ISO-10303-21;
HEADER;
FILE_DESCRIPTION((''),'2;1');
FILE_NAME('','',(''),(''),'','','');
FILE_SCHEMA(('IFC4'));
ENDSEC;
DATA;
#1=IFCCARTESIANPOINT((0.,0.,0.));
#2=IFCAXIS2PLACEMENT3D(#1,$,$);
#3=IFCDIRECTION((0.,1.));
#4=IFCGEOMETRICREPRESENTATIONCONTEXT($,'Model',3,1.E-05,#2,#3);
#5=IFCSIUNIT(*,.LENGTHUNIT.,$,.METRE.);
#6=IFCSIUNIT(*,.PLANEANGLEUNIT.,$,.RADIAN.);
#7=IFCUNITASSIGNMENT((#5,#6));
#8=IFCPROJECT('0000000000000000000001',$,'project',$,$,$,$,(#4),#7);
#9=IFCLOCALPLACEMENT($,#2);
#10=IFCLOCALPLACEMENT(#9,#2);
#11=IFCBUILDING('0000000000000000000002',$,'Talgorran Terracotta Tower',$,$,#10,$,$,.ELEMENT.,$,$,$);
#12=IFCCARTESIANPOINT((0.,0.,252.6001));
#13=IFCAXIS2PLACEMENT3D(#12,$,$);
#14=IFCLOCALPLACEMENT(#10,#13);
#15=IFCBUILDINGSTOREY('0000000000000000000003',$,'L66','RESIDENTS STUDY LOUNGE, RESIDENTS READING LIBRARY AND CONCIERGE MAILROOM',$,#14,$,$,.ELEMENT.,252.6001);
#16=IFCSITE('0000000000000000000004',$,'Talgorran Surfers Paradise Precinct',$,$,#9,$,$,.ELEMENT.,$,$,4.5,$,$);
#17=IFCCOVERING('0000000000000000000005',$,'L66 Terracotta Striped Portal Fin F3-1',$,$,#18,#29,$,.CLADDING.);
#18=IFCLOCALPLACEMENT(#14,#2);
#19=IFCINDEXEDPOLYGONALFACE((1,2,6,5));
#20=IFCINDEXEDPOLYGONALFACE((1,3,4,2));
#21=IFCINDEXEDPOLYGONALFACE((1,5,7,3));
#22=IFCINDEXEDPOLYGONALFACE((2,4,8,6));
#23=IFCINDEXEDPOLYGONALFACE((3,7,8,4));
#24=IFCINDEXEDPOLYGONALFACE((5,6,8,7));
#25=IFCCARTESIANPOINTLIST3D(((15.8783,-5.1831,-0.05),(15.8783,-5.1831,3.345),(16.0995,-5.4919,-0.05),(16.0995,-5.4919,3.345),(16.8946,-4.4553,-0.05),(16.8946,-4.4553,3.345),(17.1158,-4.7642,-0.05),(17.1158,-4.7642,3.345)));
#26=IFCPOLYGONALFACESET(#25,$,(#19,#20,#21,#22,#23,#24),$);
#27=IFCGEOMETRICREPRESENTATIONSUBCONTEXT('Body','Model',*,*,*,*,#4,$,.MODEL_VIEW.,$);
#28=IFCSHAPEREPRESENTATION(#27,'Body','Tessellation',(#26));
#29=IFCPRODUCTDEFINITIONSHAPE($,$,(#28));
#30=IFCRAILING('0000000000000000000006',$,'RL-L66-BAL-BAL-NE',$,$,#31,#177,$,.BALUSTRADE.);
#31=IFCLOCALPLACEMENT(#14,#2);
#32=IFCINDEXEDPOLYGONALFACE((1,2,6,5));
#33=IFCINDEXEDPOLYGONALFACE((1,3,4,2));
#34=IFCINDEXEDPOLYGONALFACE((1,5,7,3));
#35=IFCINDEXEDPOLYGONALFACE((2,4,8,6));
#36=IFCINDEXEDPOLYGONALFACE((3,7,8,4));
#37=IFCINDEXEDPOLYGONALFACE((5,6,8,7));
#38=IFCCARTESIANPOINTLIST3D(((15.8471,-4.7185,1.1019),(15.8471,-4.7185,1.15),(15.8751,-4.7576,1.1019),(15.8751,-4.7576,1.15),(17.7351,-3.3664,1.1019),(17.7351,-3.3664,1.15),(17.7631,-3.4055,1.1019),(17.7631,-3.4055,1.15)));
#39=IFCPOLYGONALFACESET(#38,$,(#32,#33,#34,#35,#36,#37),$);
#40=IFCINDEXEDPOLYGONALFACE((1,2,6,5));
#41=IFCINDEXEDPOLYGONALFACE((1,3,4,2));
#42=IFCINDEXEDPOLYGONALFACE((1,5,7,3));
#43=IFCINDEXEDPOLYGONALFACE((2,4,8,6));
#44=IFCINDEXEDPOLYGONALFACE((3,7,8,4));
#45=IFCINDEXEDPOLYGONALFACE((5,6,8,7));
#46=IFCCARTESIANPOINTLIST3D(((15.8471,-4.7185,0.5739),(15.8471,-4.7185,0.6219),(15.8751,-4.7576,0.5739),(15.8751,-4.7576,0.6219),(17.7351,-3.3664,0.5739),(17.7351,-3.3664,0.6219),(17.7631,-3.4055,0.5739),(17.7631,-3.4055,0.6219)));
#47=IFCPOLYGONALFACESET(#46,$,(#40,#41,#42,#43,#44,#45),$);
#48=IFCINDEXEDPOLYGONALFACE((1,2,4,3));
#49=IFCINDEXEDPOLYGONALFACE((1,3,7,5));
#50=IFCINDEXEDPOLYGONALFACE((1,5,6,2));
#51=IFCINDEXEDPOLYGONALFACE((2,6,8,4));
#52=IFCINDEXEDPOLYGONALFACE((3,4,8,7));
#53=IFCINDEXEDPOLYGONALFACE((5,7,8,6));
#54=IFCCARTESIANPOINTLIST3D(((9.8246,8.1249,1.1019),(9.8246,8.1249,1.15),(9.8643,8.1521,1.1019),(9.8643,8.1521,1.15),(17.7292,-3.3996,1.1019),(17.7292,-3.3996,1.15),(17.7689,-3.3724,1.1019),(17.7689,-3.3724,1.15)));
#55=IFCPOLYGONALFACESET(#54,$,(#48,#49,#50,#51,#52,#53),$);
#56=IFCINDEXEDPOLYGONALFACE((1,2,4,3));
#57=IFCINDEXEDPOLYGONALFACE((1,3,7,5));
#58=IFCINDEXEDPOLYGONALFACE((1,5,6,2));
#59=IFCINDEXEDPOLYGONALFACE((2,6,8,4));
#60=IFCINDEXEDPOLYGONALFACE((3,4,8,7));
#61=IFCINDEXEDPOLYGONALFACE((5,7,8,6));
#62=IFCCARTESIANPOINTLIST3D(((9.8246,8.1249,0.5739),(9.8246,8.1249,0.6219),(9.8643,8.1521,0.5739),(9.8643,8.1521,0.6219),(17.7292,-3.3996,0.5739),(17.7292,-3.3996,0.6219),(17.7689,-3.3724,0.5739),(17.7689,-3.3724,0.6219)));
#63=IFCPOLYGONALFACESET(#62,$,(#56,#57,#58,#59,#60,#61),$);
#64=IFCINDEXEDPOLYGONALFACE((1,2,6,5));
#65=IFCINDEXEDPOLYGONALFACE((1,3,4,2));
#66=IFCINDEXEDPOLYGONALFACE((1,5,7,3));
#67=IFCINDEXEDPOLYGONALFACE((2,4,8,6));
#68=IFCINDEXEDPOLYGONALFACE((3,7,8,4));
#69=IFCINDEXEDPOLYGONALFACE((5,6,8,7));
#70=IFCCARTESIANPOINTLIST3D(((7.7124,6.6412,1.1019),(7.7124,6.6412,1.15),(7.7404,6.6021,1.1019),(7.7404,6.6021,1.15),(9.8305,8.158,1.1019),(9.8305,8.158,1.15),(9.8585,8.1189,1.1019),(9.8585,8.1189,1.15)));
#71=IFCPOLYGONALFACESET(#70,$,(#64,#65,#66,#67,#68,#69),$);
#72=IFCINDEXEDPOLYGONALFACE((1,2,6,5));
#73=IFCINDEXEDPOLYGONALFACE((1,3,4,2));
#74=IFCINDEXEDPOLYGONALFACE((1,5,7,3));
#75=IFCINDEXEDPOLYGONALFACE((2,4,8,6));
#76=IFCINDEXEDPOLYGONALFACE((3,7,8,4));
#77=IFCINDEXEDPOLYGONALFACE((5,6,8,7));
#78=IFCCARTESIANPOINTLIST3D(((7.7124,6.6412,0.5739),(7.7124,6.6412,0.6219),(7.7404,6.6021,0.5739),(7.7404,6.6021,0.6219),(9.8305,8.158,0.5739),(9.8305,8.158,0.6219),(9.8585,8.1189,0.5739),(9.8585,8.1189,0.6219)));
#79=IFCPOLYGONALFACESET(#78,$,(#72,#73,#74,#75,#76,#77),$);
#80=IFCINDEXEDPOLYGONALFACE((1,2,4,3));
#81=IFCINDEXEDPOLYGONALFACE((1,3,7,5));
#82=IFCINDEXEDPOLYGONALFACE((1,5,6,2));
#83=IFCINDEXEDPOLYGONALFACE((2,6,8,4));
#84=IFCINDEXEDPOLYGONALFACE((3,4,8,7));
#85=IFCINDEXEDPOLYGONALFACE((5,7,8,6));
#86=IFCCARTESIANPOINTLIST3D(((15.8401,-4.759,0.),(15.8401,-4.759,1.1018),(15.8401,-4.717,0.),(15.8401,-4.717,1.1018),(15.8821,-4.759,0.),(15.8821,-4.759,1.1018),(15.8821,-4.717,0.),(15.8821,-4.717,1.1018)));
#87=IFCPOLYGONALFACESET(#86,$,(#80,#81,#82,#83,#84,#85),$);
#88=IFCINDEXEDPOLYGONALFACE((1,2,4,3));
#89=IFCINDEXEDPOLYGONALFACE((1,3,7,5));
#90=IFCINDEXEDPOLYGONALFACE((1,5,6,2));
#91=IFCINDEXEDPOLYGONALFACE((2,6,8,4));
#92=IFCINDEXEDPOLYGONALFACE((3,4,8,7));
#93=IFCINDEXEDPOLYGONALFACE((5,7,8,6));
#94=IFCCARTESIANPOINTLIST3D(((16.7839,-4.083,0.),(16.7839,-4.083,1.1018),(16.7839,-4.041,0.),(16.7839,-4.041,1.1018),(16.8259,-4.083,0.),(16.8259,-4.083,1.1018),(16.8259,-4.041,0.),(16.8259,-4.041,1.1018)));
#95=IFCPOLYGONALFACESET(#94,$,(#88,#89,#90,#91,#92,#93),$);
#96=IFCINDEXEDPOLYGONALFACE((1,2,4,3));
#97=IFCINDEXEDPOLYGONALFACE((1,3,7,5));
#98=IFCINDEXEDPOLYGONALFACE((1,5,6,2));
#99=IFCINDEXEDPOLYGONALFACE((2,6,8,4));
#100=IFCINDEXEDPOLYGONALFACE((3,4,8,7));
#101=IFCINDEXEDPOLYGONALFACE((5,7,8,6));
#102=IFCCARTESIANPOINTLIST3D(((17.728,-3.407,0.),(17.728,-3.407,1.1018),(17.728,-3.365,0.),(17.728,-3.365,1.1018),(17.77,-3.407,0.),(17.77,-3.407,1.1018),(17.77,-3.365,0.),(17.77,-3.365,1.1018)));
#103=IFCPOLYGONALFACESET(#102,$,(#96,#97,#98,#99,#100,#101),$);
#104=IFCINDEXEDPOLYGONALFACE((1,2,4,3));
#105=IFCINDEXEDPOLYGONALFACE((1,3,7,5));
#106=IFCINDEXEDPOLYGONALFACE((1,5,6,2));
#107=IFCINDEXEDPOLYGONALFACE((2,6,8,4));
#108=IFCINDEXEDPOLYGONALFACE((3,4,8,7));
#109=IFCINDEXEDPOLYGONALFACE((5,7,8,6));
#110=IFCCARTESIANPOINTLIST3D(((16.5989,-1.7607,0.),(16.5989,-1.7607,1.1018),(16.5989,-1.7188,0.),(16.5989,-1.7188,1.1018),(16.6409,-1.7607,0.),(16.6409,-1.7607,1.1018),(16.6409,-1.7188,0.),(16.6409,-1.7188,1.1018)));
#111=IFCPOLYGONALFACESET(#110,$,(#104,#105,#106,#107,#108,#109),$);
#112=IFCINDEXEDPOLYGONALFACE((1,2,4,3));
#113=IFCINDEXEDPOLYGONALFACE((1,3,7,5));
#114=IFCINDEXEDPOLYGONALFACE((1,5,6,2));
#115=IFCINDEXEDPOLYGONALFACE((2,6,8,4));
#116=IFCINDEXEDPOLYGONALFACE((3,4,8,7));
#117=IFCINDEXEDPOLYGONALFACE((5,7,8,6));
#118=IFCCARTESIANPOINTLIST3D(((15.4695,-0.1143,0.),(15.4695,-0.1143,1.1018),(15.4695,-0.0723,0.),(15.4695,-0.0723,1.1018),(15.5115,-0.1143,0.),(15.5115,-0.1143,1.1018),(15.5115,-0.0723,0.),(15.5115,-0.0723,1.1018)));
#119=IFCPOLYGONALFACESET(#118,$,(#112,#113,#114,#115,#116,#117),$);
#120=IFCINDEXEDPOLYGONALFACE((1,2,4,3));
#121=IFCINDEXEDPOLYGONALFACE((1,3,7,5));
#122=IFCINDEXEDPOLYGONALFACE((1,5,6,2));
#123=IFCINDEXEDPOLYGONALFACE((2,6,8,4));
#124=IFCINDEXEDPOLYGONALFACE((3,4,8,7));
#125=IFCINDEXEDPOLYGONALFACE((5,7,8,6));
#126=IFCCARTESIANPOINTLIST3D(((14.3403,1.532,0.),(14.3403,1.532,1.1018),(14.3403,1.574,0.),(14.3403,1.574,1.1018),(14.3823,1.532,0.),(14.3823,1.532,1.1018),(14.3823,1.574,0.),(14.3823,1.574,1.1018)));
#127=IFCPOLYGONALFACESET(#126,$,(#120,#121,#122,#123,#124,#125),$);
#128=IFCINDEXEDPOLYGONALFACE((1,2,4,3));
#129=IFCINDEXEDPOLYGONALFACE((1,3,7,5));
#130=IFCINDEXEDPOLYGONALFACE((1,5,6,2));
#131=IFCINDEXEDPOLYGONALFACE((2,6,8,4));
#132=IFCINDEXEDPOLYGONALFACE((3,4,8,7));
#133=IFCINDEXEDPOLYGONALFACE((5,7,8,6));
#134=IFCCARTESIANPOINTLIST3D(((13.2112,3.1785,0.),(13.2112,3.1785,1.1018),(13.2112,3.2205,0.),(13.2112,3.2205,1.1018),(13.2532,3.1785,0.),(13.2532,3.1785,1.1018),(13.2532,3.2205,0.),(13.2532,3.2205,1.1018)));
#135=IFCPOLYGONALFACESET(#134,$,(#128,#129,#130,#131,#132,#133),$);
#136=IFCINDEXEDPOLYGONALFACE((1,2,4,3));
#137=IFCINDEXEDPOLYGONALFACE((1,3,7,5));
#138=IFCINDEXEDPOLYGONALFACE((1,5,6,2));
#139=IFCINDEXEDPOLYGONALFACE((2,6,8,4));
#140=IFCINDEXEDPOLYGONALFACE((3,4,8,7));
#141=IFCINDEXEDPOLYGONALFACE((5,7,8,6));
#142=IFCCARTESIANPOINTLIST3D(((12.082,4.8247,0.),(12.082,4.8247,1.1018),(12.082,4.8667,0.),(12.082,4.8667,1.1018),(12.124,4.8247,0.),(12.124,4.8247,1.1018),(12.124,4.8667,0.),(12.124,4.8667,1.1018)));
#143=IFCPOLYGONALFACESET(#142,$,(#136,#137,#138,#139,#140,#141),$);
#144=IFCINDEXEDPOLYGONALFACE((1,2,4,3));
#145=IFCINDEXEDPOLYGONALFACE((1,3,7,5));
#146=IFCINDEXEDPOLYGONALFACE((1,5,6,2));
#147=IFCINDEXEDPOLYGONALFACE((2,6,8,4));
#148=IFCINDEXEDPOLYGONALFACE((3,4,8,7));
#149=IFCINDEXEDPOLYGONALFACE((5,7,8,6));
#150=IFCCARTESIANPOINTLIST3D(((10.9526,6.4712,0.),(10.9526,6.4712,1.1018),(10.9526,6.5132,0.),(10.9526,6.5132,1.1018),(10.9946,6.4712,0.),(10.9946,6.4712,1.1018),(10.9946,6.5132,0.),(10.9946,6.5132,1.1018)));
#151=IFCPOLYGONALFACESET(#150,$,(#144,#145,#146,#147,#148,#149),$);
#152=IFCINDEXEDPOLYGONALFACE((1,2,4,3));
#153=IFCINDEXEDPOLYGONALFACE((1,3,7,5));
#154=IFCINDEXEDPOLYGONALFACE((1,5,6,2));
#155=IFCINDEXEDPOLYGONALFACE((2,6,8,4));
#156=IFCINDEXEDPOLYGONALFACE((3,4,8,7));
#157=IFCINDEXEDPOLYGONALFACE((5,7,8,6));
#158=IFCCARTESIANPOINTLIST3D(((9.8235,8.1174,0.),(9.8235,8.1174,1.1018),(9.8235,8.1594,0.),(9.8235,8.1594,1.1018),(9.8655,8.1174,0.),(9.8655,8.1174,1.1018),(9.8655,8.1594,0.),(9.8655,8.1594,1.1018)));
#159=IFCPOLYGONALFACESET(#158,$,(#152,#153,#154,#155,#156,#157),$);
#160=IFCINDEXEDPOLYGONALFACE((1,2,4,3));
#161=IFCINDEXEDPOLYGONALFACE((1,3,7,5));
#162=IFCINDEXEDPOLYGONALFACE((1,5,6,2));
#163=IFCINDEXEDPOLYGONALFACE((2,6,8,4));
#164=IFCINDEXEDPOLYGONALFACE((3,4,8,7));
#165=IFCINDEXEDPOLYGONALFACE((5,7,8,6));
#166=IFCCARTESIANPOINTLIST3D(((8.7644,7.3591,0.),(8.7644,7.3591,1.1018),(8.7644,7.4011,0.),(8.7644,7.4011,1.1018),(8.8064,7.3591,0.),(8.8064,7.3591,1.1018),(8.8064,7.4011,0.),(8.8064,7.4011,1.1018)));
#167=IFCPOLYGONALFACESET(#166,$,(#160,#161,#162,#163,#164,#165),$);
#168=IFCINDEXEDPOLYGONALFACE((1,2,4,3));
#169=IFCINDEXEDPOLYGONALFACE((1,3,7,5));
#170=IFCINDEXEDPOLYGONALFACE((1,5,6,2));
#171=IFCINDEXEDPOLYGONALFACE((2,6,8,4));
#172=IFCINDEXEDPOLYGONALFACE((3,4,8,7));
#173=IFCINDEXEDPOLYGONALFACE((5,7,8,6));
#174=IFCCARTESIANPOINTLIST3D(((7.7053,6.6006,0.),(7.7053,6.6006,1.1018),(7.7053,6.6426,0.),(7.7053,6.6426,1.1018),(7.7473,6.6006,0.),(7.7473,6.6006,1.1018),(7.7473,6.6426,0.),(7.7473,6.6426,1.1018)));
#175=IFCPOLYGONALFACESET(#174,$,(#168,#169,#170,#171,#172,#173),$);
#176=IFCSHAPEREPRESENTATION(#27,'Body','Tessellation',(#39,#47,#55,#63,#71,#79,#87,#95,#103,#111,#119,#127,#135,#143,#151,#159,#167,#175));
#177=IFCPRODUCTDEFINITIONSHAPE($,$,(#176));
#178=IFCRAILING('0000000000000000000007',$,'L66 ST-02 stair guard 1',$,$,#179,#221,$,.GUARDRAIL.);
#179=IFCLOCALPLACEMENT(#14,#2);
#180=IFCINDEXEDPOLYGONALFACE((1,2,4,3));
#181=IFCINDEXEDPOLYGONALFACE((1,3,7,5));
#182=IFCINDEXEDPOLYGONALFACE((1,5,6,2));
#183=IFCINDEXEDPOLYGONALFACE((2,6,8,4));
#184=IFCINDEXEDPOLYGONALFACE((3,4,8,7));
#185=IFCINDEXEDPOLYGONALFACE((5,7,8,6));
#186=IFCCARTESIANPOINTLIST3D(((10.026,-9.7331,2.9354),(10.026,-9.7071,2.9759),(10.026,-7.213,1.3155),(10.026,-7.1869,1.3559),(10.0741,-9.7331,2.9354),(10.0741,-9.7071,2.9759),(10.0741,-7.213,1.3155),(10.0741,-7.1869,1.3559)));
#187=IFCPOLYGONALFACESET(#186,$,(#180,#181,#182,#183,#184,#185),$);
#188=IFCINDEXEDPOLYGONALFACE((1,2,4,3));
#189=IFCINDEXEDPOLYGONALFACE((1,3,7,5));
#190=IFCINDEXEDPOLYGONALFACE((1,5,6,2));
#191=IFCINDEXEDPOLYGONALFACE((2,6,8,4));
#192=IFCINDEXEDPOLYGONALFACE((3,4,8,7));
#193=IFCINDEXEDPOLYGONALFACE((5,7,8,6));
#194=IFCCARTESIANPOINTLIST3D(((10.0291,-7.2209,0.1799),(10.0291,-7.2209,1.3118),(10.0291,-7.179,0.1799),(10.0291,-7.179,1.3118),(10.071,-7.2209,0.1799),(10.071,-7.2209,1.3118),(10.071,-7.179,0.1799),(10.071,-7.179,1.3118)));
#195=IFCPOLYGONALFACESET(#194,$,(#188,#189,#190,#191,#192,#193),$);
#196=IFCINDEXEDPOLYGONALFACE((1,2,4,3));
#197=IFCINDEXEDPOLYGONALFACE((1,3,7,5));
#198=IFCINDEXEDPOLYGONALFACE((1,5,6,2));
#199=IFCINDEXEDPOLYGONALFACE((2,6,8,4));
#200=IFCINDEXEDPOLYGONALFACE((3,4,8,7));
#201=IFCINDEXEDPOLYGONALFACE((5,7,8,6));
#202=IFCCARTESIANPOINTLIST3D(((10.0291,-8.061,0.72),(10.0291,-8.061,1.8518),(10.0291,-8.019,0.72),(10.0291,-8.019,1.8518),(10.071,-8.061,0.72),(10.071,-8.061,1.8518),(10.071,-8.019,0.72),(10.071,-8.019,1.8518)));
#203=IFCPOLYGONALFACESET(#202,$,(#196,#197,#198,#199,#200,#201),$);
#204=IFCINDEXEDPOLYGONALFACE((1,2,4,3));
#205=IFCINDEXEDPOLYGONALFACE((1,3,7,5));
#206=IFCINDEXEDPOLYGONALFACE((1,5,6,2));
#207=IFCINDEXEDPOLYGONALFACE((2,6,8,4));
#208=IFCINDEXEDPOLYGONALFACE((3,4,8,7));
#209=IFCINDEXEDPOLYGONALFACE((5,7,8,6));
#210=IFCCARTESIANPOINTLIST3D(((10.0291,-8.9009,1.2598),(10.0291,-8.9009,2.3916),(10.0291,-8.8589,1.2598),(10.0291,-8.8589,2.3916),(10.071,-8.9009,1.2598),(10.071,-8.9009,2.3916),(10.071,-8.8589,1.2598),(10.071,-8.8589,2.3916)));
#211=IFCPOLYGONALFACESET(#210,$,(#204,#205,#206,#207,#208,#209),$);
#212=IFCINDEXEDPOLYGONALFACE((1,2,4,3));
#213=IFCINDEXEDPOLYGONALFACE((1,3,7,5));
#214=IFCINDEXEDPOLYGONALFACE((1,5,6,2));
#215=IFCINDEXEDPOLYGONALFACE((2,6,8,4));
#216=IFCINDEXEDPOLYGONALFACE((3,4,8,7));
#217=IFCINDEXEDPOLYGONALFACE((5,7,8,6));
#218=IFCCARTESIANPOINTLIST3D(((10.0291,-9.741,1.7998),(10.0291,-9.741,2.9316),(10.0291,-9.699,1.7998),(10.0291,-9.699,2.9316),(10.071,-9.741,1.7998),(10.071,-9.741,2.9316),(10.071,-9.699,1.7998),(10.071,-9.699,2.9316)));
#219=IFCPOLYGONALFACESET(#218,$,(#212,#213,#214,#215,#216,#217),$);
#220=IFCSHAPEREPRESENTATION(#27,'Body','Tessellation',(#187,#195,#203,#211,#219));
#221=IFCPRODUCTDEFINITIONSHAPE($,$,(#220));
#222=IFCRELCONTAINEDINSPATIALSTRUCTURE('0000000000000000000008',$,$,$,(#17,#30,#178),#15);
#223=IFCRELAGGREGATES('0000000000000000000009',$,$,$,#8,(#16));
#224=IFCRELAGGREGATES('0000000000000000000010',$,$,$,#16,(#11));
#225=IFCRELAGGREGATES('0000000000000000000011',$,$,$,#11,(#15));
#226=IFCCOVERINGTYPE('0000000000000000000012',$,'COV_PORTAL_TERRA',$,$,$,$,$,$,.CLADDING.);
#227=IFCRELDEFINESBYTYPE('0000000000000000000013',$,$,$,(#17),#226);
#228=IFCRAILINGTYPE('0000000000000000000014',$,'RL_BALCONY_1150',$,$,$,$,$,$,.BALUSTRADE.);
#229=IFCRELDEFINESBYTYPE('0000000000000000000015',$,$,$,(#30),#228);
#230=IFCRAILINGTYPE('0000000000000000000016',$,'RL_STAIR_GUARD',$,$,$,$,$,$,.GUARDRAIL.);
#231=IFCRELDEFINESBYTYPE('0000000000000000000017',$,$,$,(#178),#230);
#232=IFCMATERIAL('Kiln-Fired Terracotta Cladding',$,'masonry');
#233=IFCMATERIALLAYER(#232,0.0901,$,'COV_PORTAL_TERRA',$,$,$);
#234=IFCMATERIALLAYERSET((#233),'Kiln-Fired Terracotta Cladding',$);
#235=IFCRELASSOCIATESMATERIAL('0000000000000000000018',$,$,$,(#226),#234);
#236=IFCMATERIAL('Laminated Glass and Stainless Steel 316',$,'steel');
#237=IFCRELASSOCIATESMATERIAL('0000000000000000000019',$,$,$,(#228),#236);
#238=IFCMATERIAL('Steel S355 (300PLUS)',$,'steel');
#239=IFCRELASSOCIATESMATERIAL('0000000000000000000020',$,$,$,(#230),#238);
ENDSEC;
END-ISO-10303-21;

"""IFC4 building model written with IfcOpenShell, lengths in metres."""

from ifc_helpers import new_model, si_unit, direction, frame, origin, origin_2d, place, context, subcontext, project, spatial, rectangle, extrude, material, layer, layer_set, type_object, element, save


model = new_model("IFC4")

# Units and contexts
model_context = context("Model", 3, precision=1e-05, world=origin(), true_north=direction((0.0, 1.0)))
body_context = subcontext(model_context, "Body", "Model", "MODEL_VIEW")
ifc_project = project(units=[si_unit("LENGTHUNIT", "METRE"), si_unit("PLANEANGLEUNIT", "RADIAN")], contexts=[model_context])

# Site, building, storey
site_placement = place(None, origin())
site = spatial("IfcSite", under=ifc_project, at=site_placement, Name="Talgorran Surfers Paradise Precinct", CompositionType="ELEMENT", RefElevation=4.5)
building_placement = place(site_placement, origin())
building = spatial("IfcBuilding", under=site, at=building_placement, Name="Talgorran Terracotta Tower", CompositionType="ELEMENT")
storey_placement = place(building_placement, frame((0.0, 0.0, 252.6001)))
storey = spatial("IfcBuildingStorey", under=building, at=storey_placement, Name="L66", Description="RESIDENTS STUDY LOUNGE, RESIDENTS READING LIBRARY AND CONCIERGE MAILROOM", CompositionType="ELEMENT", Elevation=252.6001)

# Shared definitions
ifc_material_1 = material(Name="Steel S355 (300PLUS)", Category="steel")

# Covering
ifc_material_2 = material(Name="Kiln-Fired Terracotta Cladding", Category="masonry")
ifc_layer_1 = layer(ifc_material_2, 0.0901, Name="COV_PORTAL_TERRA")
ifc_layer_set_1 = layer_set([ifc_layer_1], Name="Kiln-Fired Terracotta Cladding")
covering_type_1 = type_object("IfcCoveringType", Name="COV_PORTAL_TERRA", PredefinedType="CLADDING", material=ifc_layer_set_1)
covering_1_placement = place(storey_placement, frame((16.4971, -4.9736, -0.05), z_axis=(0.0, 0.0, 1.0), x_axis=(-0.582208, 0.81304, 0.0)))
element("IfcCovering", 1, at=covering_1_placement, inside=storey, type_object=covering_type_1, Name="L66 Terracotta Striped Portal Fin F3-1", PredefinedType="CLADDING", context=body_context, shape_type="SweptSolid", body=[
    extrude(rectangle(XDim=0.3799, YDim=1.25, at=origin_2d()), origin(), (0.0, 0.0, 1.0), 3.395),
])

# Railings
ifc_material_3 = material(Name="Laminated Glass and Stainless Steel 316", Category="steel")
railing_type_1 = type_object("IfcRailingType", Name="RL_BALCONY_1150", PredefinedType="BALUSTRADE", material=ifc_material_3)
railing_1_placement = place(storey_placement, frame((15.8611, -4.738, 0.0)))
element("IfcRailing", 2, at=railing_1_placement, inside=storey, type_object=railing_type_1, Name="RL-L66-BAL-BAL-NE", PredefinedType="BALUSTRADE", context=body_context, shape_type="SweptSolid", body=[
    extrude(rectangle(XDim=0.0481, YDim=0.0481, at=origin_2d()), frame((0.0, 0.0, 1.126), z_axis=(0.813015, 0.582242, 0.0), x_axis=(-0.582242, 0.813015, 0.0)), (0.0, 0.0, 1.0), 2.3223),
    extrude(rectangle(XDim=0.0481, YDim=0.0481, at=origin_2d()), frame((0.0, 0.0, 0.5979), z_axis=(0.813015, 0.582242, 0.0), x_axis=(-0.582242, 0.813015, 0.0)), (0.0, 0.0, 1.0), 2.3223),
    extrude(rectangle(XDim=0.0481, YDim=0.0481, at=origin_2d()), frame((1.8879, 1.3521, 1.126), z_axis=(-0.56563, 0.824659, 0.0), x_axis=(-0.824659, -0.56563, 0.0)), (0.0, 0.0, 1.0), 13.9749),
    extrude(rectangle(XDim=0.0481, YDim=0.0481, at=origin_2d()), frame((1.8879, 1.3521, 0.5979), z_axis=(-0.56563, 0.824659, 0.0), x_axis=(-0.824659, -0.56563, 0.0)), (0.0, 0.0, 1.0), 13.9749),
    extrude(rectangle(XDim=0.0481, YDim=0.0481, at=origin_2d()), frame((-6.0166, 12.8765, 1.126), z_axis=(-0.81303, -0.582222, 0.0), x_axis=(0.582222, -0.81303, 0.0)), (0.0, 0.0, 1.0), 2.6052),
    extrude(rectangle(XDim=0.0481, YDim=0.0481, at=origin_2d()), frame((-6.0166, 12.8765, 0.5979), z_axis=(-0.81303, -0.582222, 0.0), x_axis=(0.582222, -0.81303, 0.0)), (0.0, 0.0, 1.0), 2.6052),
    extrude(rectangle(XDim=0.042, YDim=0.042, at=origin_2d()), origin(), (0.0, 0.0, 1.0), 1.1018),
    extrude(rectangle(XDim=0.042, YDim=0.042, at=origin_2d()), frame((0.9438, 0.676, 0.0)), (0.0, 0.0, 1.0), 1.1018),
    extrude(rectangle(XDim=0.042, YDim=0.042, at=origin_2d()), frame((1.8879, 1.3521, 0.0)), (0.0, 0.0, 1.0), 1.1018),
    extrude(rectangle(XDim=0.042, YDim=0.042, at=origin_2d()), frame((0.7588, 2.9983, 0.0)), (0.0, 0.0, 1.0), 1.1018),
    extrude(rectangle(XDim=0.042, YDim=0.042, at=origin_2d()), frame((-0.3706, 4.6448, 0.0)), (0.0, 0.0, 1.0), 1.1018),
    extrude(rectangle(XDim=0.042, YDim=0.042, at=origin_2d()), frame((-1.4998, 6.291, 0.0)), (0.0, 0.0, 1.0), 1.1018),
    extrude(rectangle(XDim=0.042, YDim=0.042, at=origin_2d()), frame((-2.6289, 7.9375, 0.0)), (0.0, 0.0, 1.0), 1.1018),
    extrude(rectangle(XDim=0.042, YDim=0.042, at=origin_2d()), frame((-3.7581, 9.5837, 0.0)), (0.0, 0.0, 1.0), 1.1018),
    extrude(rectangle(XDim=0.042, YDim=0.042, at=origin_2d()), frame((-4.8875, 11.2302, 0.0)), (0.0, 0.0, 1.0), 1.1018),
    extrude(rectangle(XDim=0.042, YDim=0.042, at=origin_2d()), frame((-6.0166, 12.8765, 0.0)), (0.0, 0.0, 1.0), 1.1018),
    extrude(rectangle(XDim=0.042, YDim=0.042, at=origin_2d()), frame((-7.0757, 12.1182, 0.0)), (0.0, 0.0, 1.0), 1.1018),
    extrude(rectangle(XDim=0.042, YDim=0.042, at=origin_2d()), frame((-8.1348, 11.3596, 0.0)), (0.0, 0.0, 1.0), 1.1018),
])
railing_type_2 = type_object("IfcRailingType", Name="RL_STAIR_GUARD", PredefinedType="GUARDRAIL", material=ifc_material_1)
railing_2_placement = place(storey_placement, frame((10.05, -7.2, 0.1799)))
element("IfcRailing", 3, at=railing_2_placement, inside=storey, type_object=railing_type_2, Name="L66 ST-02 stair guard 1", PredefinedType="GUARDRAIL", context=body_context, shape_type="SweptSolid", body=[
    extrude(rectangle(XDim=0.0481, YDim=0.0481, at=origin_2d()), frame((0.0, 0.0, 1.1558), z_axis=(0.0, -0.8412, 0.540725), x_axis=(1.0, 0.0, 0.0)), (0.0, 0.0, 1.0), 2.9958),
    extrude(rectangle(XDim=0.042, YDim=0.042, at=origin_2d()), origin(), (0.0, 0.0, 1.0), 1.1318),
    extrude(rectangle(XDim=0.042, YDim=0.042, at=origin_2d()), frame((0.0, -0.8401, 0.54)), (0.0, 0.0, 1.0), 1.1318),
    extrude(rectangle(XDim=0.042, YDim=0.042, at=origin_2d()), frame((0.0, -1.6799, 1.0798)), (0.0, 0.0, 1.0), 1.1318),
    extrude(rectangle(XDim=0.042, YDim=0.042, at=origin_2d()), frame((0.0, -2.52, 1.6199)), (0.0, 0.0, 1.0), 1.1318),
])

save(model, "model.ifc")
